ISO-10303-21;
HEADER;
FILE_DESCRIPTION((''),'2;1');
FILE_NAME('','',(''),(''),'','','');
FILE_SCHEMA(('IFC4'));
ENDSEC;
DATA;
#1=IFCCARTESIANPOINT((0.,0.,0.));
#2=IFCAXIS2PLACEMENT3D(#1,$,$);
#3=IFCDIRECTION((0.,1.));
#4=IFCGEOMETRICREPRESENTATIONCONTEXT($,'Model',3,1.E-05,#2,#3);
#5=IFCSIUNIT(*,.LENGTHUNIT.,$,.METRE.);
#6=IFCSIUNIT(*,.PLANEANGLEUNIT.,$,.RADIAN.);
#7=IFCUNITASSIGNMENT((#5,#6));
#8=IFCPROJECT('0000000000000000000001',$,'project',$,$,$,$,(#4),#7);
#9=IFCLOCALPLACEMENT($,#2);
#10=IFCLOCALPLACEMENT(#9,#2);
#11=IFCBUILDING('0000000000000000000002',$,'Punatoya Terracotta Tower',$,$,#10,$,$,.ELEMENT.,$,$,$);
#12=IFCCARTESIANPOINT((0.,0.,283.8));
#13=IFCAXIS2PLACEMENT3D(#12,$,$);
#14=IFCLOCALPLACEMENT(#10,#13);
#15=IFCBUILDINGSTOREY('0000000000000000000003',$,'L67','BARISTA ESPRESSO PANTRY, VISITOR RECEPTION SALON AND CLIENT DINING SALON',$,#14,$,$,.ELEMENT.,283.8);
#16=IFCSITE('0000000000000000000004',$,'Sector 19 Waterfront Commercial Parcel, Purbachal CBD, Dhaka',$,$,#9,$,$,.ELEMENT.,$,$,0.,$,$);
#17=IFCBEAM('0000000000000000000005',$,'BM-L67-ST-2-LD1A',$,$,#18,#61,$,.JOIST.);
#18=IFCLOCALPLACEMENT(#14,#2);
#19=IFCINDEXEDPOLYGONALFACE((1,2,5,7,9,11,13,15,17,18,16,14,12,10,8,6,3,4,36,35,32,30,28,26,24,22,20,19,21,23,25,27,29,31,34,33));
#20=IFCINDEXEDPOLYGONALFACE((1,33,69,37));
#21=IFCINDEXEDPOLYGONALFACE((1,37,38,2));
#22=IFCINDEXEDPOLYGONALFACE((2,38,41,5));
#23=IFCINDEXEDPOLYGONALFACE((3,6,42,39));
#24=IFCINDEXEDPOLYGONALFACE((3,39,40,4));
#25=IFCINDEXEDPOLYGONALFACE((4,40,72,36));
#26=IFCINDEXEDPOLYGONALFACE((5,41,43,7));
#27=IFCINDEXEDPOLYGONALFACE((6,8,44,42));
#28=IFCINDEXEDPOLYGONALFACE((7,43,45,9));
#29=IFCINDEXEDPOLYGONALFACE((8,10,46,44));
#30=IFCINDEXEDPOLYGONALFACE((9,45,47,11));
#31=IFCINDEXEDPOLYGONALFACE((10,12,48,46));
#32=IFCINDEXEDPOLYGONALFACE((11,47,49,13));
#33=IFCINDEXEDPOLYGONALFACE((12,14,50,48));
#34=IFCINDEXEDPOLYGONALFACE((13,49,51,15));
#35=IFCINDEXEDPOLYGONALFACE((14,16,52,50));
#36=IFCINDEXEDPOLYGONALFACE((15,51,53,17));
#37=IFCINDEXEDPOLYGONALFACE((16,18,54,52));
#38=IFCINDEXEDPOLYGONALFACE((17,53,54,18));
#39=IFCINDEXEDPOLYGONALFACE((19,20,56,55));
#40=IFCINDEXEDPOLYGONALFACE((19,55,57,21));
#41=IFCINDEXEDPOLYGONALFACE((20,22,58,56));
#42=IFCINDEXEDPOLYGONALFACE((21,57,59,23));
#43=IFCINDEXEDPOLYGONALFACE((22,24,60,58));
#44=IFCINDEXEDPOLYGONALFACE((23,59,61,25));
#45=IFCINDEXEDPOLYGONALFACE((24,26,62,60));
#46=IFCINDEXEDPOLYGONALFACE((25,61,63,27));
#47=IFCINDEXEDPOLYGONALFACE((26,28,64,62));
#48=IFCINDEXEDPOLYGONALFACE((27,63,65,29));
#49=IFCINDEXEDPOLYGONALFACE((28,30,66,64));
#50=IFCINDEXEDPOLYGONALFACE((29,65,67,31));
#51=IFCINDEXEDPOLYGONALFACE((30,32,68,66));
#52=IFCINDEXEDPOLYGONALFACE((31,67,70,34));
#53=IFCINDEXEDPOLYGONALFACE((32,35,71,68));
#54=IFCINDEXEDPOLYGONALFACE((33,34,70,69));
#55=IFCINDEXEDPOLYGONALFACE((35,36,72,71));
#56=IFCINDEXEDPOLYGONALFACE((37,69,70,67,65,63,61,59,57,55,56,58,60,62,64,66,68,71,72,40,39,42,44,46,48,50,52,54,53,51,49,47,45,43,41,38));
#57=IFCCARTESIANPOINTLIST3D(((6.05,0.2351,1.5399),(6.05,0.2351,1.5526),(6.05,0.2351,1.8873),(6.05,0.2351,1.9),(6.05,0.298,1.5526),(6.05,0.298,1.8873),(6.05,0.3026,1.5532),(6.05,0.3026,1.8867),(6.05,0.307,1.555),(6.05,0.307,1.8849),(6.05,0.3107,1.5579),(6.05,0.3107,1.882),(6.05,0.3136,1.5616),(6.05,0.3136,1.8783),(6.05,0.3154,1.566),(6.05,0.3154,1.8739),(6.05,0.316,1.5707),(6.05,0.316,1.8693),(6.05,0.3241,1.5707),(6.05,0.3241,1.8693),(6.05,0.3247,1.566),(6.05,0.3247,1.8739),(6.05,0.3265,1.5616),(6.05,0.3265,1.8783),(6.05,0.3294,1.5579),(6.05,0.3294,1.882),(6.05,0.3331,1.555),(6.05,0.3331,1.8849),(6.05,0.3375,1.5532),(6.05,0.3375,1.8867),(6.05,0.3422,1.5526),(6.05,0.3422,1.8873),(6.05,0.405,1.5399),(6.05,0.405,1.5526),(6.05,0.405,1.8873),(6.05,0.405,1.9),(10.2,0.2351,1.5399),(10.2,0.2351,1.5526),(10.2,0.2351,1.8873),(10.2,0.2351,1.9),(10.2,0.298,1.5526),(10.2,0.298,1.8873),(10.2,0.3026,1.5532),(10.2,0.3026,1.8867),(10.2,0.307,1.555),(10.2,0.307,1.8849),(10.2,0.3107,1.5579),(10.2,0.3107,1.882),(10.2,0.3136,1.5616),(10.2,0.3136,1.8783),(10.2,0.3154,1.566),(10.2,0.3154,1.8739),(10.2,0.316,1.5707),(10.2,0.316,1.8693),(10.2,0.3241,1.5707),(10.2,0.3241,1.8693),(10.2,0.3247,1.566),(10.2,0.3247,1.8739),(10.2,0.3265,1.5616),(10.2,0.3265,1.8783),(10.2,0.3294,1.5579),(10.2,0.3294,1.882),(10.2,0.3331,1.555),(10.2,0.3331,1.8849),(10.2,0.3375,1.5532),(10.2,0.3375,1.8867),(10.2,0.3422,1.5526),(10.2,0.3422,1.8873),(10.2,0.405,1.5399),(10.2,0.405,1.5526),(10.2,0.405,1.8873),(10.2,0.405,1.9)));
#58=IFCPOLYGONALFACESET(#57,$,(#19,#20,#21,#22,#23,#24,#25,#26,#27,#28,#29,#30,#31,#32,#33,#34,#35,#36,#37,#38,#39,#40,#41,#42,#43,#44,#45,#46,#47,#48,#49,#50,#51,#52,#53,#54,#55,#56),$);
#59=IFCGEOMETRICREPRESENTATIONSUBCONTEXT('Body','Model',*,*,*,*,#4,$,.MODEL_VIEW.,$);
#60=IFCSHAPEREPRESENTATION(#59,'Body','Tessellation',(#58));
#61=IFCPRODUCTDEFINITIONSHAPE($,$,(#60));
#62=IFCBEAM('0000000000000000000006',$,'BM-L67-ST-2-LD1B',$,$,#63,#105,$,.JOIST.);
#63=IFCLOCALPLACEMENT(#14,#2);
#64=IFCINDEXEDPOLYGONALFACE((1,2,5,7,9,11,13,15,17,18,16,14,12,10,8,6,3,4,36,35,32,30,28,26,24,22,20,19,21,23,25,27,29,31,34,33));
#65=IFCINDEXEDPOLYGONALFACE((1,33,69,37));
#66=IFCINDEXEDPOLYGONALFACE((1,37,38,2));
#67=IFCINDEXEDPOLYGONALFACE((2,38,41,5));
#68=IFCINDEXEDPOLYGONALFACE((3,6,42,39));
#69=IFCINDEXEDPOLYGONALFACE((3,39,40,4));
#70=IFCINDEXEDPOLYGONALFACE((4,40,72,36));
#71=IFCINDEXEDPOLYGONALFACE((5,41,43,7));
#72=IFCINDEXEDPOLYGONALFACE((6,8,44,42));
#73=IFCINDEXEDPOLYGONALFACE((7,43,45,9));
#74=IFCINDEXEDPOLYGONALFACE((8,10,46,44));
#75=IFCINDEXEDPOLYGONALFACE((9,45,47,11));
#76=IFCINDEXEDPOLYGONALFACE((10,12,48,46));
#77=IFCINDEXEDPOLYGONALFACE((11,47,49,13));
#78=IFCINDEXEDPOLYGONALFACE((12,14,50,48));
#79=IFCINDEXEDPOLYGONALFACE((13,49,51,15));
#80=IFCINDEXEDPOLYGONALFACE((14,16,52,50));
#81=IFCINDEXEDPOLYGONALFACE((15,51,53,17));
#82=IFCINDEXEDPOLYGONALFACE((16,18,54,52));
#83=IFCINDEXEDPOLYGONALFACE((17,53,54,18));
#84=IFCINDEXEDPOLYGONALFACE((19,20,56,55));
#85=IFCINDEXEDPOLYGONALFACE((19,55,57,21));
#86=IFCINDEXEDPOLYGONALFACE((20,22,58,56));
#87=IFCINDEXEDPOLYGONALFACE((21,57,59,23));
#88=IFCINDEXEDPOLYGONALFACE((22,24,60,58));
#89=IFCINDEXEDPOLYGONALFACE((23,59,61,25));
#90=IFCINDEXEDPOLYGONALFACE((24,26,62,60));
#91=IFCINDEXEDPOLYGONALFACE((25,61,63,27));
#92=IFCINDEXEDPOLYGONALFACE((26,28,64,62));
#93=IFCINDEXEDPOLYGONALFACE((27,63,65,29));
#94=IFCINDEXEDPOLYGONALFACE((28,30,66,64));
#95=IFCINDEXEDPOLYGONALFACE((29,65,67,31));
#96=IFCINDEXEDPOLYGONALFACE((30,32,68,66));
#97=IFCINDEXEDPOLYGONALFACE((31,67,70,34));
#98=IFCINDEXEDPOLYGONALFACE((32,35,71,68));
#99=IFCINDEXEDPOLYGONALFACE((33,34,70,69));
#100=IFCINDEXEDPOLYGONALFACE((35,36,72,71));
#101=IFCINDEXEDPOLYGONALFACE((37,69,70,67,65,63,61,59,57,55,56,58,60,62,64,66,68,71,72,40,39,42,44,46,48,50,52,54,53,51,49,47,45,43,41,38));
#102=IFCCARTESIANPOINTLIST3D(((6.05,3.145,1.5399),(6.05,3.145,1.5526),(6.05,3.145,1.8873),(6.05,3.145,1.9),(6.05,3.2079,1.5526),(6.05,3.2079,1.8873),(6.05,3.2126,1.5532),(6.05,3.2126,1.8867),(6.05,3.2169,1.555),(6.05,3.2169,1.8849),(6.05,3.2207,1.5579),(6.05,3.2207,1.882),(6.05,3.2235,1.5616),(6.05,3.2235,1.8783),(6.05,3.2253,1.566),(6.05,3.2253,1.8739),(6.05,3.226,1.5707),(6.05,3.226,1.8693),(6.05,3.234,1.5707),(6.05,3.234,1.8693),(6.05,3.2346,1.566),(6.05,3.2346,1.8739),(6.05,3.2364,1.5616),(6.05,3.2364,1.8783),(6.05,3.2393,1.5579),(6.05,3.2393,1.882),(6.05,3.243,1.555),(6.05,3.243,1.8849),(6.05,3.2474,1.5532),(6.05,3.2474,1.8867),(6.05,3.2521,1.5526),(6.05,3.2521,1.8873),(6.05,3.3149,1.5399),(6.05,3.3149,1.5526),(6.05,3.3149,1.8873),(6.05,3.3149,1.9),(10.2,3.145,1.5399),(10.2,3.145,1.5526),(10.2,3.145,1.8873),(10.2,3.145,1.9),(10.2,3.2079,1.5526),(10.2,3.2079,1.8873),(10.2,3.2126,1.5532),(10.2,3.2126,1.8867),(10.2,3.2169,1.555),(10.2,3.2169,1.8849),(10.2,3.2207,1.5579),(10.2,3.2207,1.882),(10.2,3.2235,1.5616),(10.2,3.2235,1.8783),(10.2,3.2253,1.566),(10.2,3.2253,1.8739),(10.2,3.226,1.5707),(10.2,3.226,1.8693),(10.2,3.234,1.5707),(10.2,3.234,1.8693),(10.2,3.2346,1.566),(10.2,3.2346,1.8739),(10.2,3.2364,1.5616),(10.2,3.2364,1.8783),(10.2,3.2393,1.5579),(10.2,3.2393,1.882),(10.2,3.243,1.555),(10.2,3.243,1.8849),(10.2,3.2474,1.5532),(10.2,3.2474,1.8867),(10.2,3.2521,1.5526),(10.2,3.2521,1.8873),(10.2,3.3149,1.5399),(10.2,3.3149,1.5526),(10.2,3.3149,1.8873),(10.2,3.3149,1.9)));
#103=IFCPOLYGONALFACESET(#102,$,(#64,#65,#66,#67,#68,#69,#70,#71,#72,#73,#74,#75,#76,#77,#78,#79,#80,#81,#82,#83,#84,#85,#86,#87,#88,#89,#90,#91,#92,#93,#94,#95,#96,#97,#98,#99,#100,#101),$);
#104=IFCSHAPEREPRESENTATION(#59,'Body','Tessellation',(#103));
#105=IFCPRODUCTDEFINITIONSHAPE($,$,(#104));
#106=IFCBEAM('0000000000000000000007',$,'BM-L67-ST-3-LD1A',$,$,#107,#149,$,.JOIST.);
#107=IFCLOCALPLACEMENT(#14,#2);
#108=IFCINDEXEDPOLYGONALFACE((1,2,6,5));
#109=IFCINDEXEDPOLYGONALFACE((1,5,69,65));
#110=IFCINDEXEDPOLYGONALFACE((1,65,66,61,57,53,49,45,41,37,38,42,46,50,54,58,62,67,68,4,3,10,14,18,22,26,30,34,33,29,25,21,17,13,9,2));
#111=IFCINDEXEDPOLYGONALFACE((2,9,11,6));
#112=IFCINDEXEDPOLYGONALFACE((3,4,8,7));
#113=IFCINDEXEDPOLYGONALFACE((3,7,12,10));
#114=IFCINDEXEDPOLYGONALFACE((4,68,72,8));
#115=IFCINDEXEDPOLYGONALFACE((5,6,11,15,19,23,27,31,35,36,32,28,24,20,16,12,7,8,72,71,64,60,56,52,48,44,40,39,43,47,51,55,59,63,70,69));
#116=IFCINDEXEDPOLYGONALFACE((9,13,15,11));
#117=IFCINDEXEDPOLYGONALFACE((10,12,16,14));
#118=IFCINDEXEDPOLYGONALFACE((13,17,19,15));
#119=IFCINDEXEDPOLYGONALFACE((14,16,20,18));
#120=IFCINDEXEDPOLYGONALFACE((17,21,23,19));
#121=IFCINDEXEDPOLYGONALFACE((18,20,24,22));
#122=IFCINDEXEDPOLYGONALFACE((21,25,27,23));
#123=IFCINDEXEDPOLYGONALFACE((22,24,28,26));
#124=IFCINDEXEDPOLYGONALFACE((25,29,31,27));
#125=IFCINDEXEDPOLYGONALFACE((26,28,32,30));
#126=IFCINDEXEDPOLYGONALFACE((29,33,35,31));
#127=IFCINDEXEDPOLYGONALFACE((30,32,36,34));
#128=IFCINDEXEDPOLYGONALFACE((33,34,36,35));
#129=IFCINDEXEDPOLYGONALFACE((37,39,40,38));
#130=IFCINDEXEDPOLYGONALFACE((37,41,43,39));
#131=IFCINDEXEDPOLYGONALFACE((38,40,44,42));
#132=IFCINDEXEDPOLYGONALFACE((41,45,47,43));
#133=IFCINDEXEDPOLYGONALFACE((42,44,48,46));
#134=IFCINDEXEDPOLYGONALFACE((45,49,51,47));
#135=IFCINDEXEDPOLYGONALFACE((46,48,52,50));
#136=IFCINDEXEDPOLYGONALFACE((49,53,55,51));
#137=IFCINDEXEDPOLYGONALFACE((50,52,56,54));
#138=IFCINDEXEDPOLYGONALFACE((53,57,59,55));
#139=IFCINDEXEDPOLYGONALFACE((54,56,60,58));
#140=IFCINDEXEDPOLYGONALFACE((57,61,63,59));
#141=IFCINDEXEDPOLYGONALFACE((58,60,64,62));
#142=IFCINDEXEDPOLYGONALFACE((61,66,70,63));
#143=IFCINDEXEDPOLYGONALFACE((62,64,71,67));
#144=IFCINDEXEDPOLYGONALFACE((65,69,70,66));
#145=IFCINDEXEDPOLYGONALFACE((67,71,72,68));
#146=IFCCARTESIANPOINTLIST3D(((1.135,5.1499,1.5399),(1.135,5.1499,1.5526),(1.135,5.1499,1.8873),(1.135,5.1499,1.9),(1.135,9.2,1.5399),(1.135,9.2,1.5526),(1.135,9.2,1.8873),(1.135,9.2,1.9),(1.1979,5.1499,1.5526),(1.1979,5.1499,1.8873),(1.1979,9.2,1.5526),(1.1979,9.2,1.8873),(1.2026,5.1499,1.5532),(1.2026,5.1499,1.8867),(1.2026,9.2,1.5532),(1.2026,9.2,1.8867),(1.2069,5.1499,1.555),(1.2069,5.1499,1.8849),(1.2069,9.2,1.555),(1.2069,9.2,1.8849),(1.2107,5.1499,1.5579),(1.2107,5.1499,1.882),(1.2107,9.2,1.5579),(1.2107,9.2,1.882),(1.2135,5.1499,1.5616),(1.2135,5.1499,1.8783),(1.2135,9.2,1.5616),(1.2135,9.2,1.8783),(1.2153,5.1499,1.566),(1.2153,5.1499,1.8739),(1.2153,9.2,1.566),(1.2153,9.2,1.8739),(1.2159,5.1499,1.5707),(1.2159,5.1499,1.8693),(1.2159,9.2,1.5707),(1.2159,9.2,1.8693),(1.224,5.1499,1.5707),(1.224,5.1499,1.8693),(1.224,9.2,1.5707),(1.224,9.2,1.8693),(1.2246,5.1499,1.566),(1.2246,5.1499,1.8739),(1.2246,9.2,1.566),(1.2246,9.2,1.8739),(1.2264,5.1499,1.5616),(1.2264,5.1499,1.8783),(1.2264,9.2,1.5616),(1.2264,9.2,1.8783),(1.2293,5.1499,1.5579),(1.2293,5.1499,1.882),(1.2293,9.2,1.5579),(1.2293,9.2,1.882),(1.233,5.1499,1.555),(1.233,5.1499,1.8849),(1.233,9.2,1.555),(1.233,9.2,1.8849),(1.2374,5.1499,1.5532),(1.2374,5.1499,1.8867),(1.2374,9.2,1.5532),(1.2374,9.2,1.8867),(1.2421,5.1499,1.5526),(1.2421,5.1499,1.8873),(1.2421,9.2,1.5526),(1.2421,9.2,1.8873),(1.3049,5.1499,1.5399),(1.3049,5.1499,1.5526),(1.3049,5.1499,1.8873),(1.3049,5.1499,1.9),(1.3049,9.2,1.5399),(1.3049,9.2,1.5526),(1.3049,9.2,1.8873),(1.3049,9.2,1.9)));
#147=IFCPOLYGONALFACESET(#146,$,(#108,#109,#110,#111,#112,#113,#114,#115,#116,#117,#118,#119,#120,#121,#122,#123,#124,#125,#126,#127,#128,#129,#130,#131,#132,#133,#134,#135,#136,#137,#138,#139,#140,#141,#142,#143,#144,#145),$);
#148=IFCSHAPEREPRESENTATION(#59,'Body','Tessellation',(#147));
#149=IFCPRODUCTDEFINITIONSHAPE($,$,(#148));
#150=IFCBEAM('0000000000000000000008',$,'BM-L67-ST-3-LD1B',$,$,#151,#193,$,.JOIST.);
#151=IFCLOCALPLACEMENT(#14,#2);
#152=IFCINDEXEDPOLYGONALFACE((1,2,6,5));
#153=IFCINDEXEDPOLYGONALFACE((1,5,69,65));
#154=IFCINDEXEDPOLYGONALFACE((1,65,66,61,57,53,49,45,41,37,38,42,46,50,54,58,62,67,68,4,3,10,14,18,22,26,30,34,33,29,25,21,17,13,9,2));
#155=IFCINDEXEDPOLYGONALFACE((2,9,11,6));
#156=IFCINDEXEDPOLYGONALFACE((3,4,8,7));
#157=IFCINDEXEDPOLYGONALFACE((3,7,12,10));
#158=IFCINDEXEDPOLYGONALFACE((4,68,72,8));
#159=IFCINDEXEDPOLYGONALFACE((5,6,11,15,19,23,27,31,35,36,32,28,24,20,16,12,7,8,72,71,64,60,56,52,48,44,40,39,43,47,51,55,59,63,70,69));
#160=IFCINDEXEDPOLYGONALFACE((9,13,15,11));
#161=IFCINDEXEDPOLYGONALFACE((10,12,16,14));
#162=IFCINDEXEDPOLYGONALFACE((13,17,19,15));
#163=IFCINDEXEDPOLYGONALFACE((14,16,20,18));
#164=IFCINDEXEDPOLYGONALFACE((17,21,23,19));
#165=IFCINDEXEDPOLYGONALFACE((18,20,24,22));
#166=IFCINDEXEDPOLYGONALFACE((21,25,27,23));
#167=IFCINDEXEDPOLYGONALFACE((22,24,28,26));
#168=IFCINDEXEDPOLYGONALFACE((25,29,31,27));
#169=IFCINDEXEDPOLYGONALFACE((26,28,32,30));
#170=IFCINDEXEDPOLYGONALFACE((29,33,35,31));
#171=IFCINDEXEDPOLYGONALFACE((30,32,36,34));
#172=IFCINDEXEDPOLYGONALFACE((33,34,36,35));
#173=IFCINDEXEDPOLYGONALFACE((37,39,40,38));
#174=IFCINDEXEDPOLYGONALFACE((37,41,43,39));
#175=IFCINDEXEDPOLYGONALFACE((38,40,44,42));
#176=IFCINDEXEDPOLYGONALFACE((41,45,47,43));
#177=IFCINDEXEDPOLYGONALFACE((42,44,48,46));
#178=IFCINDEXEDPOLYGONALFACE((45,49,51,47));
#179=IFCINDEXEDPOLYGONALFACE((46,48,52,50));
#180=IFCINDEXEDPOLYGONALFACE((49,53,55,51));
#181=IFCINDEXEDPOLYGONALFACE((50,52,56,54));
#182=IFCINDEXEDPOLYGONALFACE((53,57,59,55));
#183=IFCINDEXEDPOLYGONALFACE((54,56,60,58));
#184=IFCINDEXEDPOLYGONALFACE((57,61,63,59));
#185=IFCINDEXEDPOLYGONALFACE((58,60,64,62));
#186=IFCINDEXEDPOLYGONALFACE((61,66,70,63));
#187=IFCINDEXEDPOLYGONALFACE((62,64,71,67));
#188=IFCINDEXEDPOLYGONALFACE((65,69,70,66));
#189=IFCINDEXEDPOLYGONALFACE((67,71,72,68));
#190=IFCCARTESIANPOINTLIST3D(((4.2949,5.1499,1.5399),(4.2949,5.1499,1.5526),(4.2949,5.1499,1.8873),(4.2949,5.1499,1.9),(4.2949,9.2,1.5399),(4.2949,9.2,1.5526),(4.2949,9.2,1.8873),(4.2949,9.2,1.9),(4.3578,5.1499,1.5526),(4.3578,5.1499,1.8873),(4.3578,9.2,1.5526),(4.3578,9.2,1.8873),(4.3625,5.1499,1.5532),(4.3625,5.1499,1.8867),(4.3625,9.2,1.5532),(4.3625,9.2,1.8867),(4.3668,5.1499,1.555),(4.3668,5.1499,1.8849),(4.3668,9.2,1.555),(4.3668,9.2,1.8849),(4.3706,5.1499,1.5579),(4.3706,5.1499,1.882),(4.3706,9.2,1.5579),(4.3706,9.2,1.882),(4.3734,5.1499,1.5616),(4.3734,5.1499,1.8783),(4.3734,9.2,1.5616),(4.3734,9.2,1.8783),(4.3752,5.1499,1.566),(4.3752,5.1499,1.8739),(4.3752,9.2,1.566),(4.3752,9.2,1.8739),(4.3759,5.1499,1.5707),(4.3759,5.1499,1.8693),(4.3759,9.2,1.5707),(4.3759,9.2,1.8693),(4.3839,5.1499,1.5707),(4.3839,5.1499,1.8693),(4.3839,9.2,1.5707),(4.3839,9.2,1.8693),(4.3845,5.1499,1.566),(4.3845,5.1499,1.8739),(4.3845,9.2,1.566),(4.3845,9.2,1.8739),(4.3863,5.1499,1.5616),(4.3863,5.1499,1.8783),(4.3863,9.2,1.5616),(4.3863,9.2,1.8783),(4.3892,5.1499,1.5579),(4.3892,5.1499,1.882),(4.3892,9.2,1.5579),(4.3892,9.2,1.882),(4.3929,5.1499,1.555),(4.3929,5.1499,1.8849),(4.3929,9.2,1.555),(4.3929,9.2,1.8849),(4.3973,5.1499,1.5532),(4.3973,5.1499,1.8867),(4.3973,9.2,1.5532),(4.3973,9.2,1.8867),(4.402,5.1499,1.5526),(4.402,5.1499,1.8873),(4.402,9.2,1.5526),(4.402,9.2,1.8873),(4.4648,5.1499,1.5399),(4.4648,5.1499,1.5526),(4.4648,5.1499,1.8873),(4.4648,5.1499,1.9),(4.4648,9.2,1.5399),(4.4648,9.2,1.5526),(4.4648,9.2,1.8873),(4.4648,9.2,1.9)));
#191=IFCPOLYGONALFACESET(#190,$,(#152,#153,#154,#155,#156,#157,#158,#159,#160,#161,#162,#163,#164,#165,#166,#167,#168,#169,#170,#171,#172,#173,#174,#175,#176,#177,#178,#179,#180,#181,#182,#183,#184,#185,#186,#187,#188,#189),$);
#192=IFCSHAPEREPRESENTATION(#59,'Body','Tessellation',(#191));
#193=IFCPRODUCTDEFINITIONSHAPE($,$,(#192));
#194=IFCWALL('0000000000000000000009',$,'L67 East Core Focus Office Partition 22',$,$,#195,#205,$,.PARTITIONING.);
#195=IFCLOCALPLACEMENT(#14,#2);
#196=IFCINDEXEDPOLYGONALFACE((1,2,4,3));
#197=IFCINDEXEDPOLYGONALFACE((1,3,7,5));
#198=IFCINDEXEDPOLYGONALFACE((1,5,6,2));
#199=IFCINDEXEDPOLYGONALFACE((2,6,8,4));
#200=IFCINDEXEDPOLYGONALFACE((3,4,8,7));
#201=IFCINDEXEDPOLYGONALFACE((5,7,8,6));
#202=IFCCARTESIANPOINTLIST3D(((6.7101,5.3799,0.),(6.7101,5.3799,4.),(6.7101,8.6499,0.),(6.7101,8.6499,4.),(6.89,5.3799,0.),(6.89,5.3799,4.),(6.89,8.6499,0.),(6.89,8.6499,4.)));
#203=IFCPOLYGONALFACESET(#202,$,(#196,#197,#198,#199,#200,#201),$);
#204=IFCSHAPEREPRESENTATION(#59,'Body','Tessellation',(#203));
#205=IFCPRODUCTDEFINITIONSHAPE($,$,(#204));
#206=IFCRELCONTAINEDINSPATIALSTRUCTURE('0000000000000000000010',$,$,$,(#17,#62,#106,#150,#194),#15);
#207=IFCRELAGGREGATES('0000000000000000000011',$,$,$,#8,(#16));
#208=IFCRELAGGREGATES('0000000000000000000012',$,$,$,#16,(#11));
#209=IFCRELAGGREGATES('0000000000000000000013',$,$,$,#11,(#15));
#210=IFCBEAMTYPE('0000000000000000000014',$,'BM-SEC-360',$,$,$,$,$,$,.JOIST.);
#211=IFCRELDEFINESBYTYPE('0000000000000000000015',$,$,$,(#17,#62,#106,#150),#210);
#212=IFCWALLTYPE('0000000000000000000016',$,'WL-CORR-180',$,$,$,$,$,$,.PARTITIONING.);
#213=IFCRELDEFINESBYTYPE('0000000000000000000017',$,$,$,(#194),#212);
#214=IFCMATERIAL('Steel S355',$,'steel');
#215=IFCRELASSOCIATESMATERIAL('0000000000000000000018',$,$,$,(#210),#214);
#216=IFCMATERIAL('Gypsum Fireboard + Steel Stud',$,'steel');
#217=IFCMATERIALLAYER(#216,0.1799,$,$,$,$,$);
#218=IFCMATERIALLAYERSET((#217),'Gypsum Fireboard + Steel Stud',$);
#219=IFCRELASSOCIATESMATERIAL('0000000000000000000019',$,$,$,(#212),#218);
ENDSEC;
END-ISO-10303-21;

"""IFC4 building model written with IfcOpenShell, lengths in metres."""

from ifc_helpers import new_model, si_unit, direction, frame, frame_2d, origin, origin_2d, place, context, subcontext, project, spatial, rectangle, i_section, extrude, material, layer, layer_set, material_profile, profile_set, type_object, element, save


model = new_model("IFC4")

# Units and contexts
model_context = context("Model", 3, precision=1e-05, world=origin(), true_north=direction((0.0, 1.0)))
body_context = subcontext(model_context, "Body", "Model", "MODEL_VIEW")
ifc_project = project(units=[si_unit("LENGTHUNIT", "METRE"), si_unit("PLANEANGLEUNIT", "RADIAN")], contexts=[model_context])

# Site, building, storey
site_placement = place(None, origin())
site = spatial("IfcSite", under=ifc_project, at=site_placement, Name="Sector 19 Waterfront Commercial Parcel, Purbachal CBD, Dhaka", CompositionType="ELEMENT", RefElevation=0.0)
building_placement = place(site_placement, origin())
building = spatial("IfcBuilding", under=site, at=building_placement, Name="Punatoya Terracotta Tower", CompositionType="ELEMENT")
storey_placement = place(building_placement, frame((0.0, 0.0, 283.8)))
storey = spatial("IfcBuildingStorey", under=building, at=storey_placement, Name="L67", Description="BARISTA ESPRESSO PANTRY, VISITOR RECEPTION SALON AND CLIENT DINING SALON", CompositionType="ELEMENT", Elevation=283.8)

# Beams
ifc_material_1 = material(Name="Steel S355", Category="steel")
ifc_material_profile = material_profile(ifc_material_1, i_section(OverallWidth=0.1699, OverallDepth=0.3601, WebThickness=0.0081, FlangeThickness=0.0127, FilletRadius=0.0181, at=origin_2d()))
ifc_profile_set = profile_set([ifc_material_profile], Name="Steel S355")
beam_type = type_object("IfcBeamType", Name="BM-SEC-360", PredefinedType="JOIST", material=ifc_profile_set)
for number, where, z_axis, x_axis, name in (
    (1, (6.05, 0.3201, 1.72), (1.0, 0.0, 0.0), (0.0, 1.0, 0.0), "BM-L67-ST-2-LD1A"),
    (2, (6.05, 3.23, 1.72), (1.0, 0.0, 0.0), (0.0, 1.0, 0.0), "BM-L67-ST-2-LD1B"),
):
    element("IfcBeam", number, at=place(storey_placement, frame(where, z_axis=z_axis, x_axis=x_axis)), inside=storey, type_object=beam_type, Name=name, PredefinedType="JOIST", context=body_context, shape_type="SweptSolid", body=[
        extrude(i_section(OverallWidth=0.1699, OverallDepth=0.3601, WebThickness=0.0081, FlangeThickness=0.0127, FilletRadius=0.0181, at=origin_2d()), origin(), (0.0, 0.0, 1.0), 4.1499),
    ])
for number, where, z_axis, x_axis, name in (
    (3, (1.22, 5.1499, 1.72), (0.0, 1.0, 0.0), (-1.0, 0.0, 0.0), "BM-L67-ST-3-LD1A"),
    (4, (4.3799, 5.1499, 1.72), (0.0, 1.0, 0.0), (-1.0, 0.0, 0.0), "BM-L67-ST-3-LD1B"),
):
    element("IfcBeam", number, at=place(storey_placement, frame(where, z_axis=z_axis, x_axis=x_axis)), inside=storey, type_object=beam_type, Name=name, PredefinedType="JOIST", context=body_context, shape_type="SweptSolid", body=[
        extrude(i_section(OverallWidth=0.1699, OverallDepth=0.3601, WebThickness=0.0081, FlangeThickness=0.0127, FilletRadius=0.0181, at=origin_2d()), origin(), (0.0, 0.0, 1.0), 4.05),
    ])

# Wall
ifc_material_2 = material(Name="Gypsum Fireboard + Steel Stud", Category="steel")
ifc_layer_1 = layer(ifc_material_2, 0.1799)
ifc_layer_set_1 = layer_set([ifc_layer_1], Name="Gypsum Fireboard + Steel Stud")
wall_type_1 = type_object("IfcWallType", Name="WL-CORR-180", PredefinedType="PARTITIONING", material=ifc_layer_set_1)
wall_1_placement = place(storey_placement, frame((6.8, 5.3799, 0.0), z_axis=(0.0, 0.0, 1.0), x_axis=(0.0, 1.0, 0.0)))
element("IfcWall", 5, at=wall_1_placement, inside=storey, type_object=wall_type_1, Name="L67 East Core Focus Office Partition 22", PredefinedType="PARTITIONING", context=body_context, shape_type="SweptSolid", body=[
    extrude(rectangle(XDim=3.27, YDim=0.1799, at=frame_2d((1.635, 0.0))), origin(), (0.0, 0.0, 1.0), 4.0),
])

save(model, "model.ifc")
